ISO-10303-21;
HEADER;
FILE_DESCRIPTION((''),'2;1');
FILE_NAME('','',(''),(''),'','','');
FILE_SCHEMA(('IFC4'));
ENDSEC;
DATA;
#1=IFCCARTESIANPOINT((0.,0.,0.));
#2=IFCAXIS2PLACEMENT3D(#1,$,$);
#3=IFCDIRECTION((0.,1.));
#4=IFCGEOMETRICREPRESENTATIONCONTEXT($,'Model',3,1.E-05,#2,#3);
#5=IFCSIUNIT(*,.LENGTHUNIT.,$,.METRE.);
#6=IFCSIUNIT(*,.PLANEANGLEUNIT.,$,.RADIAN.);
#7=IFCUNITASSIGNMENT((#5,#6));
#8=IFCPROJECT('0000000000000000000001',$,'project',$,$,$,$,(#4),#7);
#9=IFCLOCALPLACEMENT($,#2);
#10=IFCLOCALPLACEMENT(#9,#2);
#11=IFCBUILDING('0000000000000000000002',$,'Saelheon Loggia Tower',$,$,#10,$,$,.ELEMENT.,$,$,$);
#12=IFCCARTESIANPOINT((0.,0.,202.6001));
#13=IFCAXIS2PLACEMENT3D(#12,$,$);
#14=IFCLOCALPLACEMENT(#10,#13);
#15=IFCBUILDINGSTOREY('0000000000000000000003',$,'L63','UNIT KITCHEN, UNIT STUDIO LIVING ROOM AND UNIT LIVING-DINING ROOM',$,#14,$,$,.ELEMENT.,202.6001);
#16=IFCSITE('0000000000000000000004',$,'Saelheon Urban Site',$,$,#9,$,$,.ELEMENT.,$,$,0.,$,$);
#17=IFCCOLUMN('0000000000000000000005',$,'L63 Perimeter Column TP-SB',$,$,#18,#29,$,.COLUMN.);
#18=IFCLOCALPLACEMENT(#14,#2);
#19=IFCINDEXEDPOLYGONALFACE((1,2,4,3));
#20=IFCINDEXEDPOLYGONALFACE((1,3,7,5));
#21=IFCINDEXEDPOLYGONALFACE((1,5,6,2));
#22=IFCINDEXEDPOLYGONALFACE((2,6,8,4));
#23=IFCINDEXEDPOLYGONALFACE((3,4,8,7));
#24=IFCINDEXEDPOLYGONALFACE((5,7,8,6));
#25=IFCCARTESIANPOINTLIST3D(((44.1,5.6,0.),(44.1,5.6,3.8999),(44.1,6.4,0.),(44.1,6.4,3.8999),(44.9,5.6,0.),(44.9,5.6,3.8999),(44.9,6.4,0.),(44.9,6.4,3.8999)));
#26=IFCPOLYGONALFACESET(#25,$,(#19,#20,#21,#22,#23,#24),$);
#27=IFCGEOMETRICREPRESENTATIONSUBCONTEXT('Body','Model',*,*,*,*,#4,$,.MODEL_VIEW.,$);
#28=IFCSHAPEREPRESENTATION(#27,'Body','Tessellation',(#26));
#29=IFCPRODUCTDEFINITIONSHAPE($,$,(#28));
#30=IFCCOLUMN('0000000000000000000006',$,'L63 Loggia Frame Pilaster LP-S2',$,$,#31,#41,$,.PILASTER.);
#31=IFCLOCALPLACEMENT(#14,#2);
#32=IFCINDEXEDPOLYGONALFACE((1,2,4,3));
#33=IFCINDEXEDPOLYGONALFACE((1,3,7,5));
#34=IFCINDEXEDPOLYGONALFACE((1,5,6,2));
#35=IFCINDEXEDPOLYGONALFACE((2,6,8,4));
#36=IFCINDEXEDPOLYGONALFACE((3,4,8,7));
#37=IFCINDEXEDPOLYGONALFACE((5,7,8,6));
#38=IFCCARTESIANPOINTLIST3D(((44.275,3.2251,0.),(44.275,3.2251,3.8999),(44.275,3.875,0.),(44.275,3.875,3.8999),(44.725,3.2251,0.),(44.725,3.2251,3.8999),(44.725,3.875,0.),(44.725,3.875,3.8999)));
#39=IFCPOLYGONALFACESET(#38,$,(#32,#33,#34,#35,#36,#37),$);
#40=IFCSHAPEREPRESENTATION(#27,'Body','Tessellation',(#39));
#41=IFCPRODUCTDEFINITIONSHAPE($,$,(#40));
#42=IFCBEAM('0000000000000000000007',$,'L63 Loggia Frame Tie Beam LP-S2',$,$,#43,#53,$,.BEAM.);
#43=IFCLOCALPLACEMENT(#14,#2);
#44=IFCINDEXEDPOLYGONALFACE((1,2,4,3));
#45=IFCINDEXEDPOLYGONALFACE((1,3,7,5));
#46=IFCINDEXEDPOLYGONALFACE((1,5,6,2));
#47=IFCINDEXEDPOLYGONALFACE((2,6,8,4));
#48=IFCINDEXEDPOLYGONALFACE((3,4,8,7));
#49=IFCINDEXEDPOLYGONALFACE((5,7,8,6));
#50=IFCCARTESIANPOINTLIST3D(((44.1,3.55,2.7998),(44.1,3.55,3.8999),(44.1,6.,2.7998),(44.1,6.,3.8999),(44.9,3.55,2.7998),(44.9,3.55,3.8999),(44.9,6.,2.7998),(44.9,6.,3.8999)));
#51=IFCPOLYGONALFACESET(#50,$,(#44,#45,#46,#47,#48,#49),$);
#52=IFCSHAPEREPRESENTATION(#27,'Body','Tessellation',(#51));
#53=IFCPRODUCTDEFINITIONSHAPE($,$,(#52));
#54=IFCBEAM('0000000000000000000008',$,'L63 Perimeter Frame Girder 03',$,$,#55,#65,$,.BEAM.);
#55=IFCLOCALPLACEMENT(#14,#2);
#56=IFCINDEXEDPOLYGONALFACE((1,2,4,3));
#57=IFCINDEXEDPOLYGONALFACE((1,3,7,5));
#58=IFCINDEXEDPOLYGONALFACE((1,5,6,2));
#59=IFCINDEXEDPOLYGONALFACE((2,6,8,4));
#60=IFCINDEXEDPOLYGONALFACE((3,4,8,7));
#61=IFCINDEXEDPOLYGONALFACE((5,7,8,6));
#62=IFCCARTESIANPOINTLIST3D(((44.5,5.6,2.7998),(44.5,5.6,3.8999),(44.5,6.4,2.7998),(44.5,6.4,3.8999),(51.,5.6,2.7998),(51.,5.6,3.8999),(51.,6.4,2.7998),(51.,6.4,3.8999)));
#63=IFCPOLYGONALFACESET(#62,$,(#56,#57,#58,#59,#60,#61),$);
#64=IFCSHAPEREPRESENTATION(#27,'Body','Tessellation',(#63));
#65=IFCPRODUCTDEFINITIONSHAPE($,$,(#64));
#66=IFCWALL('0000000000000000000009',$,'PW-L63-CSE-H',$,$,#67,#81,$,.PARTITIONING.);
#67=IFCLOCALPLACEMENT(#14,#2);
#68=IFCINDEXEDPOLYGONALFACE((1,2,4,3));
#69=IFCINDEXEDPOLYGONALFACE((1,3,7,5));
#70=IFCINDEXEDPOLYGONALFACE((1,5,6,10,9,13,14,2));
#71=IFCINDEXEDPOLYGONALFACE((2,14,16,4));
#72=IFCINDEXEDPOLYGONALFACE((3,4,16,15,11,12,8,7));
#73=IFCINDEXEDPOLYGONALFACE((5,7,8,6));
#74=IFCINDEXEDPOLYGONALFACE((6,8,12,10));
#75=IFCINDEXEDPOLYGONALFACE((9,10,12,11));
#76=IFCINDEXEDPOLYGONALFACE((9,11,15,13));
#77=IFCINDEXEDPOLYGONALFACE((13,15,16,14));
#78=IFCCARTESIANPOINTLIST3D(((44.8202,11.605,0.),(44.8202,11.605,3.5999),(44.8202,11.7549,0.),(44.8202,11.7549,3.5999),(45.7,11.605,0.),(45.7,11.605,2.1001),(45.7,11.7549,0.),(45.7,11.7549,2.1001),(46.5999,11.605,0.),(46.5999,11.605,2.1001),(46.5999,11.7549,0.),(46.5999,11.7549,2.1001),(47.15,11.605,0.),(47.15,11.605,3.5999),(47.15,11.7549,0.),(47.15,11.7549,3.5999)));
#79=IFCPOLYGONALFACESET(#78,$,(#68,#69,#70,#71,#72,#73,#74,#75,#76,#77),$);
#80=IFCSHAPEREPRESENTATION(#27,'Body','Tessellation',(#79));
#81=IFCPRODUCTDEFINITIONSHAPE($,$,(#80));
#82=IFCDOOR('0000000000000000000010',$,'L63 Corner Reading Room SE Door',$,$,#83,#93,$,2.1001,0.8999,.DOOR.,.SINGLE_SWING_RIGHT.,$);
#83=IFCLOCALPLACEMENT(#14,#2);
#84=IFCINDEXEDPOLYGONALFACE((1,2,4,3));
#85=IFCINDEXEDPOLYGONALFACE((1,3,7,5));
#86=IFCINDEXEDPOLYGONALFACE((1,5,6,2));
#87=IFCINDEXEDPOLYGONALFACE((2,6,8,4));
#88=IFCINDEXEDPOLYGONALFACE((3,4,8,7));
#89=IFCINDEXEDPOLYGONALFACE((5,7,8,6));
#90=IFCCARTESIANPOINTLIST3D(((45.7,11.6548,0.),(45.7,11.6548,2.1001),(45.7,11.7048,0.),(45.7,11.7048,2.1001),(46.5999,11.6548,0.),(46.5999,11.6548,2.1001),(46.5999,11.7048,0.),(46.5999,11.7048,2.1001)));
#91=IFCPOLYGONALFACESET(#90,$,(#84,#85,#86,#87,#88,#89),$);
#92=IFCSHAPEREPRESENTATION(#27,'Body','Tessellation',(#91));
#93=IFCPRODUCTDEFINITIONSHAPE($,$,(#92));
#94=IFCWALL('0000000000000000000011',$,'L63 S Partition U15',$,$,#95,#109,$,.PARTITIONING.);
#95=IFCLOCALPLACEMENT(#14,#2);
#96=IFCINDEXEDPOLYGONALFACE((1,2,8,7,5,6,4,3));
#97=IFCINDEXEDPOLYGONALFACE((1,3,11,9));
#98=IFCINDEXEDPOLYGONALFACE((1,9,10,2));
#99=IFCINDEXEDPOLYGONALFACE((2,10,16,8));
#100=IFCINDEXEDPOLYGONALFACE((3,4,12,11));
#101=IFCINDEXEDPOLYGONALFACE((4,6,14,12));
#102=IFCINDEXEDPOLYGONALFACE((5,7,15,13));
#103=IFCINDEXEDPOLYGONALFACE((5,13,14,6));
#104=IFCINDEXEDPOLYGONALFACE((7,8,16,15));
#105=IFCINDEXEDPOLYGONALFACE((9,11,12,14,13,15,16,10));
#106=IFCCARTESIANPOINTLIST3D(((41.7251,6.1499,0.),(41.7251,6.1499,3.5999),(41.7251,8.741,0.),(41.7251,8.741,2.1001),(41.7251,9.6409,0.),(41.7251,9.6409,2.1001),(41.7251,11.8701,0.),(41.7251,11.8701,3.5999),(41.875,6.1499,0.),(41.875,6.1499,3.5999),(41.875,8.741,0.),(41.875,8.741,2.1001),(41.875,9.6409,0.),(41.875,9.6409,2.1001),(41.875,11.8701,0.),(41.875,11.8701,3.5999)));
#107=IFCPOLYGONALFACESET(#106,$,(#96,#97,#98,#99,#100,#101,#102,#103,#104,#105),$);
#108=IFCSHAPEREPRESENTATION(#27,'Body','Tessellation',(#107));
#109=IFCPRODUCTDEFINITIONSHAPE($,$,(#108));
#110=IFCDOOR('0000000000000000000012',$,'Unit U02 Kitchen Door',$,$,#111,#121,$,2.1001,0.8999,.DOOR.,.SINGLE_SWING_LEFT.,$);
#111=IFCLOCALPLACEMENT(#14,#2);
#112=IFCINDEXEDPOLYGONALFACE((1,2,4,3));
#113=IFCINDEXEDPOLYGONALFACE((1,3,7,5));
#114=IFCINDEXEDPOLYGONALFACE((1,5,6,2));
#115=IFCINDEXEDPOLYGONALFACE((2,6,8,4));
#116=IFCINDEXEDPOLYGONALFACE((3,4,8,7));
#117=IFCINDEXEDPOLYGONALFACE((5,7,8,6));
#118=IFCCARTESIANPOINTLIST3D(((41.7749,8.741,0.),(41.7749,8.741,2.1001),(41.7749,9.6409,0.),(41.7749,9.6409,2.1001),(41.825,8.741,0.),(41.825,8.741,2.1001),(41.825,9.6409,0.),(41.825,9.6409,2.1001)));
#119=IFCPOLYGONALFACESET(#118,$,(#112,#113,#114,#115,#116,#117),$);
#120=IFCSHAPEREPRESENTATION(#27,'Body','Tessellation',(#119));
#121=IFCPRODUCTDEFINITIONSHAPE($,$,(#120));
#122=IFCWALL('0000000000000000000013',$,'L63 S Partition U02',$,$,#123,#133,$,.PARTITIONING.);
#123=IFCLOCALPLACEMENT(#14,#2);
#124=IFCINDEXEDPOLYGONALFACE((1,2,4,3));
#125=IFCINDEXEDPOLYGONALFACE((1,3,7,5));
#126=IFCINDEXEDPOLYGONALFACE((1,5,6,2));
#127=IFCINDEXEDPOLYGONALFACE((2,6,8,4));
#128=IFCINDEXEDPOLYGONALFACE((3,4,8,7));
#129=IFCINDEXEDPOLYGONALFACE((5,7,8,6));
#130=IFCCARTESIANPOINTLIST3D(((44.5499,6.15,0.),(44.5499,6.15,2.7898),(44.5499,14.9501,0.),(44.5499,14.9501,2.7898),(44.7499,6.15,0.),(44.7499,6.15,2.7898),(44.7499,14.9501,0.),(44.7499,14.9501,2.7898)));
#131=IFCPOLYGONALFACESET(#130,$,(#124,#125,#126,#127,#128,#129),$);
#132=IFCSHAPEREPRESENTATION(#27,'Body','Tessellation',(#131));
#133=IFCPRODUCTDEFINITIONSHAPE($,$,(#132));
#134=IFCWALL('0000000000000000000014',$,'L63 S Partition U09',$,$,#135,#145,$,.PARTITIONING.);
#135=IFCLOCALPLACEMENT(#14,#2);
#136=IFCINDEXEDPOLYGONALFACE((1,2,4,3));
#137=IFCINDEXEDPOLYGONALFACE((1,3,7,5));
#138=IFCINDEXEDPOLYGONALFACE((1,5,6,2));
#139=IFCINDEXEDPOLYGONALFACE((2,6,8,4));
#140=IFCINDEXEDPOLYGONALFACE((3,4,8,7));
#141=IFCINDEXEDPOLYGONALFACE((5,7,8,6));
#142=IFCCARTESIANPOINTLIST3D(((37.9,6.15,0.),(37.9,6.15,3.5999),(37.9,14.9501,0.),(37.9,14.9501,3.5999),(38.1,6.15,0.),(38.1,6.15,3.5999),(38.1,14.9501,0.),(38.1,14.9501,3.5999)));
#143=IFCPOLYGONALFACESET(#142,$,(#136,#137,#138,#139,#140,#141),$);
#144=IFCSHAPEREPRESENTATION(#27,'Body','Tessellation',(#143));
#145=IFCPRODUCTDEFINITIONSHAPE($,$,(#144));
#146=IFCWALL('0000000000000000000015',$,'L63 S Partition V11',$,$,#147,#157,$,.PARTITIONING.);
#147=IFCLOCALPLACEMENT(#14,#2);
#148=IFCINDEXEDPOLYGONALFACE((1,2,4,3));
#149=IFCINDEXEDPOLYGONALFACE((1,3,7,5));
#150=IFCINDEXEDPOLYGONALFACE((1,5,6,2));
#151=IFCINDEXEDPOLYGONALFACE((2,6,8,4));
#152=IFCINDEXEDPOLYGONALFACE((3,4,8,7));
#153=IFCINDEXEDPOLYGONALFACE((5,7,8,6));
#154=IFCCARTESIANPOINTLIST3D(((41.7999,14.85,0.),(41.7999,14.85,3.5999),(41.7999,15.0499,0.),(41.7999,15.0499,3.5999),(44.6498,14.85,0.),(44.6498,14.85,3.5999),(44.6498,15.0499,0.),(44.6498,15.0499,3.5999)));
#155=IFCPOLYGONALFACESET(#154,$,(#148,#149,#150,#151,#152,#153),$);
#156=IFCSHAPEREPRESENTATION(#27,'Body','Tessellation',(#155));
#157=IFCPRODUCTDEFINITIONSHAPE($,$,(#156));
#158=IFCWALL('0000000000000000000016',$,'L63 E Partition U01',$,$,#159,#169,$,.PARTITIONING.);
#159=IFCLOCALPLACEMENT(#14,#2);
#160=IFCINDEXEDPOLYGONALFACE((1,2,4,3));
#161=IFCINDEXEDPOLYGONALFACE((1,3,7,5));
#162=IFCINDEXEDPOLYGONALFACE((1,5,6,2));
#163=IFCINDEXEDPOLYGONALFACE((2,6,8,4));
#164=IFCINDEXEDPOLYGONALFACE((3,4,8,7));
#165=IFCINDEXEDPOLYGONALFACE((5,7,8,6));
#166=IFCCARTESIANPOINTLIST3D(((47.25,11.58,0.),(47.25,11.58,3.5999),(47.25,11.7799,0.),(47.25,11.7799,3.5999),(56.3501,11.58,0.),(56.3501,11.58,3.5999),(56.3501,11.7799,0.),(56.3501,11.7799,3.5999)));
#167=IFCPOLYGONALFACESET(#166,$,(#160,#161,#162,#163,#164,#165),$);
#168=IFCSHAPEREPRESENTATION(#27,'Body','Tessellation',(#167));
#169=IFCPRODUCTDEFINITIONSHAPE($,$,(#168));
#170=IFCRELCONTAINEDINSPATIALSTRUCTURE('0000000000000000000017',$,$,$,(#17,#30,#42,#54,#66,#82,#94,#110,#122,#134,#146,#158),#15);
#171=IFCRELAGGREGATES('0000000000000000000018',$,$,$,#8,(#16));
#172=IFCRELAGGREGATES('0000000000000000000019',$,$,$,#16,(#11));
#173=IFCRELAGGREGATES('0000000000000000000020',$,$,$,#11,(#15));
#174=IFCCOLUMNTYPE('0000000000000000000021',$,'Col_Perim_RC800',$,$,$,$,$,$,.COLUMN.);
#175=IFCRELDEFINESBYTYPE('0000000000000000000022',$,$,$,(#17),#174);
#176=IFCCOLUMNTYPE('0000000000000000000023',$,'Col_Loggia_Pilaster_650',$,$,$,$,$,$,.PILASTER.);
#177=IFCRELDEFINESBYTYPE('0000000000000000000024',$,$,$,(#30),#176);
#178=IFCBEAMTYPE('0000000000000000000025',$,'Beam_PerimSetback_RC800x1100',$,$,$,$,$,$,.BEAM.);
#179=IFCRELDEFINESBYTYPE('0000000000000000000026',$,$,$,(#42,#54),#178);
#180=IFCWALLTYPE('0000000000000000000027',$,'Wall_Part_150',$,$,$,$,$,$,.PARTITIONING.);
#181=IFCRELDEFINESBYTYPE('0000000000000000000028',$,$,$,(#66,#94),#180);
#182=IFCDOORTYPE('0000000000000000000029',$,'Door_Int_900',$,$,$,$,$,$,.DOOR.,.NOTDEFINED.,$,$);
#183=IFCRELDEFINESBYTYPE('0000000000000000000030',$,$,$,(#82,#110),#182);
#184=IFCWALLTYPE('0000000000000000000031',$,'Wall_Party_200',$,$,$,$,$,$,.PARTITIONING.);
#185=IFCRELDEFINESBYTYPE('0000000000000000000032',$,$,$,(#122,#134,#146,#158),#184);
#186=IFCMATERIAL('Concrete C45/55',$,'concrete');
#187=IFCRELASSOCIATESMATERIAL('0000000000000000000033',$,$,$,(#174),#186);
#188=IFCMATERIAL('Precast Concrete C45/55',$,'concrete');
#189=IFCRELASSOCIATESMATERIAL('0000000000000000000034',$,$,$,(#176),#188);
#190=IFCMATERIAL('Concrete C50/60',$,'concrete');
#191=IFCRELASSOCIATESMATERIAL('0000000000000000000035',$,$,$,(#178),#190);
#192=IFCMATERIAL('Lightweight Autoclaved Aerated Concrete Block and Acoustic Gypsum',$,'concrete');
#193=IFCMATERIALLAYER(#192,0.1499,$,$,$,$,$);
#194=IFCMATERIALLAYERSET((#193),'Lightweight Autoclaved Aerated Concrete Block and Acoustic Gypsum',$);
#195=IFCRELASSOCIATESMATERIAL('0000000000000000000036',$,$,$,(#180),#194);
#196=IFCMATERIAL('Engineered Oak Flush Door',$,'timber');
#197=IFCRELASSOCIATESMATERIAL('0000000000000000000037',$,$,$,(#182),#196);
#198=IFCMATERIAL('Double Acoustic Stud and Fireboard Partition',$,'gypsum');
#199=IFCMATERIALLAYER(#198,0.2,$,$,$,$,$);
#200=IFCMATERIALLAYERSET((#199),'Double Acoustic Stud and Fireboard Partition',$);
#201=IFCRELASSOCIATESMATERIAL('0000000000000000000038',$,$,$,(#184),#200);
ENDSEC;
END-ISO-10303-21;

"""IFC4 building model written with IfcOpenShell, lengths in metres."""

from ifc_helpers import new_model, si_unit, direction, frame, frame_2d, origin, origin_2d, place, context, subcontext, project, spatial, rectangle, extrude, source, transform, mapped, material, layer, layer_set, material_profile, profile_set, type_object, element, fill, save


model = new_model("IFC4")

# Units and contexts
model_context = context("Model", 3, precision=1e-05, world=origin(), true_north=direction((0.0, 1.0)))
body_context = subcontext(model_context, "Body", "Model", "MODEL_VIEW")
ifc_project = project(units=[si_unit("LENGTHUNIT", "METRE"), si_unit("PLANEANGLEUNIT", "RADIAN")], contexts=[model_context])

# Site, building, storey
site_placement = place(None, origin())
site = spatial("IfcSite", under=ifc_project, at=site_placement, Name="Saelheon Urban Site", CompositionType="ELEMENT", RefElevation=0.0)
building_placement = place(site_placement, origin())
building = spatial("IfcBuilding", under=site, at=building_placement, Name="Saelheon Loggia Tower", CompositionType="ELEMENT")
storey_placement = place(building_placement, frame((0.0, 0.0, 202.6001)))
storey = spatial("IfcBuildingStorey", under=building, at=storey_placement, Name="L63", Description="UNIT KITCHEN, UNIT STUDIO LIVING ROOM AND UNIT LIVING-DINING ROOM", CompositionType="ELEMENT", Elevation=202.6001)

# Columns
ifc_material_1 = material(Name="Concrete C45/55", Category="concrete")
ifc_material_profile_1 = material_profile(ifc_material_1, rectangle(XDim=0.8, YDim=0.8, at=origin_2d()), Name="RC-800x800")
ifc_profile_set_1 = profile_set([ifc_material_profile_1], Name="Concrete C45/55")
column_type_1 = type_object("IfcColumnType", Name="Col_Perim_RC800", PredefinedType="COLUMN", material=ifc_profile_set_1)
shared_shape_1 = source(origin(), body_context, "Body", "SweptSolid", [
    extrude(rectangle(XDim=0.8, YDim=0.8, at=origin_2d()), origin(), (0.0, 0.0, 1.0), 3.8999),
])
column_1_placement = place(storey_placement, frame((44.5, 6.0, 0.0), z_axis=(0.0, 0.0, 1.0), x_axis=(1.0, 0.0, 0.0)))
element("IfcColumn", 1, at=column_1_placement, inside=storey, type_object=column_type_1, Name="L63 Perimeter Column TP-SB", PredefinedType="COLUMN", context=body_context, shape_type="MappedRepresentation", body=[
    mapped(shared_shape_1, transform((0.0, 0.0, 0.0), scale=1.0)),
])
ifc_material_2 = material(Name="Precast Concrete C45/55", Category="concrete")
ifc_material_profile_2 = material_profile(ifc_material_2, rectangle(XDim=0.45, YDim=0.6499, at=origin_2d()), Name="RC-450x650")
ifc_profile_set_2 = profile_set([ifc_material_profile_2], Name="Precast Concrete C45/55")
column_type_2 = type_object("IfcColumnType", Name="Col_Loggia_Pilaster_650", PredefinedType="PILASTER", material=ifc_profile_set_2)
shared_shape_2 = source(origin(), body_context, "Body", "SweptSolid", [
    extrude(rectangle(XDim=0.45, YDim=0.6499, at=origin_2d()), origin(), (0.0, 0.0, 1.0), 3.8999),
])
column_2_placement = place(storey_placement, frame((44.5, 3.55, 0.0), z_axis=(0.0, 0.0, 1.0), x_axis=(1.0, 0.0, 0.0)))
element("IfcColumn", 2, at=column_2_placement, inside=storey, type_object=column_type_2, Name="L63 Loggia Frame Pilaster LP-S2", PredefinedType="PILASTER", context=body_context, shape_type="MappedRepresentation", body=[
    mapped(shared_shape_2, transform((0.0, 0.0, 0.0), scale=1.0)),
])

# Beams
ifc_material_3 = material(Name="Concrete C50/60", Category="concrete")
ifc_material_profile_3 = material_profile(ifc_material_3, rectangle(XDim=0.8, YDim=1.1001, at=origin_2d()), Name="RC-800x1100")
ifc_profile_set_3 = profile_set([ifc_material_profile_3], Name="Concrete C50/60")
beam_type = type_object("IfcBeamType", Name="Beam_PerimSetback_RC800x1100", PredefinedType="BEAM", material=ifc_profile_set_3)
shared_shape_3 = source(origin(), body_context, "Body", "SweptSolid", [
    extrude(rectangle(XDim=0.8, YDim=1.1001, at=origin_2d()), origin(), (0.0, 0.0, 1.0), 2.45),
])
beam_1_placement = place(storey_placement, frame((44.5, 6.0, 3.3499), z_axis=(0.0, -1.0, 0.0), x_axis=(1.0, 0.0, 0.0)))
element("IfcBeam", 3, at=beam_1_placement, inside=storey, type_object=beam_type, Name="L63 Loggia Frame Tie Beam LP-S2", PredefinedType="BEAM", context=body_context, shape_type="MappedRepresentation", body=[
    mapped(shared_shape_3, transform((0.0, 0.0, 0.0), scale=1.0)),
])
shared_shape_4 = source(origin(), body_context, "Body", "SweptSolid", [
    extrude(rectangle(XDim=0.8, YDim=1.1001, at=origin_2d()), origin(), (0.0, 0.0, 1.0), 6.5),
])
beam_2_placement = place(storey_placement, frame((44.5, 6.0, 3.3499), z_axis=(1.0, 0.0, 0.0), x_axis=(0.0, 1.0, 0.0)))
element("IfcBeam", 4, at=beam_2_placement, inside=storey, type_object=beam_type, Name="L63 Perimeter Frame Girder 03", PredefinedType="BEAM", context=body_context, shape_type="MappedRepresentation", body=[
    mapped(shared_shape_4, transform((0.0, 0.0, 0.0), scale=1.0)),
])

# Walls, openings, doors
ifc_material_4 = material(Name="Lightweight Autoclaved Aerated Concrete Block and Acoustic Gypsum", Category="concrete")
ifc_layer_1 = layer(ifc_material_4, 0.1499)
ifc_layer_set_1 = layer_set([ifc_layer_1], Name="Lightweight Autoclaved Aerated Concrete Block and Acoustic Gypsum")
wall_type_1 = type_object("IfcWallType", Name="Wall_Part_150", PredefinedType="PARTITIONING", material=ifc_layer_set_1)
wall_1_placement = place(storey_placement, frame((44.8201, 11.6799, 0.0), z_axis=(0.0, 0.0, 1.0), x_axis=(1.0, 0.0, 0.0)))
wall_1 = element("IfcWall", 5, at=wall_1_placement, inside=storey, type_object=wall_type_1, Name="PW-L63-CSE-H", PredefinedType="PARTITIONING", context=body_context, shape_type="SweptSolid", body=[
    extrude(rectangle(XDim=2.3298, YDim=0.1499, at=frame_2d((1.165, 0.0))), origin(), (0.0, 0.0, 1.0), 3.5999),
])
opening_1_placement = place(wall_1_placement, frame((0.8799, 0.0, 0.0)))
opening_1 = element("IfcOpeningElement", 6, at=opening_1_placement, cuts=wall_1, PredefinedType="OPENING", context=body_context, shape_type="SweptSolid", body=[
    extrude(rectangle(XDim=0.8999, YDim=2.1001, at=frame_2d((0.45, 1.05))), frame((0.0, 0.0869, 0.0), z_axis=(0.0, -1.0, 0.0), x_axis=(1.0, 0.0, 0.0)), (0.0, 0.0, 1.0), 0.1738),
])
ifc_material_5 = material(Name="Engineered Oak Flush Door", Category="timber")
door_type_1 = type_object("IfcDoorType", Name="Door_Int_900", OperationType="NOTDEFINED", PredefinedType="DOOR", material=ifc_material_5)
shared_shape_5 = source(origin(), body_context, "Body", "SweptSolid", [
    extrude(rectangle(XDim=0.8999, YDim=2.1001, at=frame_2d((0.45, 1.05))), frame((0.0, 0.0249, 0.0), z_axis=(0.0, -1.0, 0.0), x_axis=(1.0, 0.0, 0.0)), (0.0, 0.0, 1.0), 0.05),
])
door_1_placement = place(opening_1_placement, origin())
door_1 = element("IfcDoor", 7, at=door_1_placement, inside=storey, type_object=door_type_1, Name="L63 Corner Reading Room SE Door", OperationType="SINGLE_SWING_RIGHT", OverallHeight=2.1001, OverallWidth=0.8999, PredefinedType="DOOR", context=body_context, shape_type="MappedRepresentation", body=[
    mapped(shared_shape_5, transform((0.0, 0.0, 0.0), scale=1.0)),
])
fill(opening_1, door_1)
wall_2_placement = place(storey_placement, frame((41.8, 11.8701, 0.0), z_axis=(0.0, 0.0, 1.0), x_axis=(0.0, -1.0, 0.0)))
wall_2 = element("IfcWall", 8, at=wall_2_placement, inside=storey, type_object=wall_type_1, Name="L63 S Partition U15", PredefinedType="PARTITIONING", context=body_context, shape_type="SweptSolid", body=[
    extrude(rectangle(XDim=5.7202, YDim=0.1499, at=frame_2d((2.8601, 0.0))), origin(), (0.0, 0.0, 1.0), 3.5999),
])
opening_2_placement = place(wall_2_placement, frame((2.2292, 0.0, 0.0)))
opening_2 = element("IfcOpeningElement", 9, at=opening_2_placement, cuts=wall_2, PredefinedType="OPENING", context=body_context, shape_type="SweptSolid", body=[
    extrude(rectangle(XDim=0.8999, YDim=2.1001, at=frame_2d((0.45, 1.05))), frame((0.0, 0.0869, 0.0), z_axis=(0.0, -1.0, 0.0), x_axis=(1.0, 0.0, 0.0)), (0.0, 0.0, 1.0), 0.1738),
])
door_2_placement = place(opening_2_placement, origin())
door_2 = element("IfcDoor", 10, at=door_2_placement, inside=storey, type_object=door_type_1, Name="Unit U02 Kitchen Door", OperationType="SINGLE_SWING_LEFT", OverallHeight=2.1001, OverallWidth=0.8999, PredefinedType="DOOR", context=body_context, shape_type="MappedRepresentation", body=[
    mapped(shared_shape_5, transform((0.0, 0.0, 0.0), scale=1.0)),
])
fill(opening_2, door_2)

# Walls
ifc_material_6 = material(Name="Double Acoustic Stud and Fireboard Partition", Category="gypsum")
ifc_layer_2 = layer(ifc_material_6, 0.2)
ifc_layer_set_2 = layer_set([ifc_layer_2], Name="Double Acoustic Stud and Fireboard Partition")
wall_type_2 = type_object("IfcWallType", Name="Wall_Party_200", PredefinedType="PARTITIONING", material=ifc_layer_set_2)
wall_3_placement = place(storey_placement, frame((44.6499, 14.95, 0.0), z_axis=(0.0, 0.0, 1.0), x_axis=(0.0, -1.0, 0.0)))
element("IfcWall", 11, at=wall_3_placement, inside=storey, type_object=wall_type_2, Name="L63 S Partition U02", PredefinedType="PARTITIONING", context=body_context, shape_type="SweptSolid", body=[
    extrude(rectangle(XDim=8.8, YDim=0.2, at=frame_2d((4.3999, 0.0))), origin(), (0.0, 0.0, 1.0), 2.7898),
])
wall_4_placement = place(storey_placement, frame((38.0, 14.95, 0.0), z_axis=(0.0, 0.0, 1.0), x_axis=(0.0, -1.0, 0.0)))
element("IfcWall", 12, at=wall_4_placement, inside=storey, type_object=wall_type_2, Name="L63 S Partition U09", PredefinedType="PARTITIONING", context=body_context, shape_type="SweptSolid", body=[
    extrude(rectangle(XDim=8.8, YDim=0.2, at=frame_2d((4.3999, 0.0))), origin(), (0.0, 0.0, 1.0), 3.5999),
])

# Walls
wall_5_placement = place(storey_placement, frame((41.8, 14.95, 0.0), z_axis=(0.0, 0.0, 1.0), x_axis=(1.0, 0.0, 0.0)))
element("IfcWall", 13, at=wall_5_placement, inside=storey, type_object=wall_type_2, Name="L63 S Partition V11", PredefinedType="PARTITIONING", context=body_context, shape_type="SweptSolid", body=[
    extrude(rectangle(XDim=2.8499, YDim=0.2, at=frame_2d((1.4248, 0.0))), origin(), (0.0, 0.0, 1.0), 3.5999),
])
wall_6_placement = place(storey_placement, frame((47.25, 11.6799, 0.0), z_axis=(0.0, 0.0, 1.0), x_axis=(1.0, 0.0, 0.0)))
element("IfcWall", 14, at=wall_6_placement, inside=storey, type_object=wall_type_2, Name="L63 E Partition U01", PredefinedType="PARTITIONING", context=body_context, shape_type="SweptSolid", body=[
    extrude(rectangle(XDim=9.1001, YDim=0.2, at=frame_2d((4.55, 0.0))), origin(), (0.0, 0.0, 1.0), 3.5999),
])

save(model, "model.ifc")
